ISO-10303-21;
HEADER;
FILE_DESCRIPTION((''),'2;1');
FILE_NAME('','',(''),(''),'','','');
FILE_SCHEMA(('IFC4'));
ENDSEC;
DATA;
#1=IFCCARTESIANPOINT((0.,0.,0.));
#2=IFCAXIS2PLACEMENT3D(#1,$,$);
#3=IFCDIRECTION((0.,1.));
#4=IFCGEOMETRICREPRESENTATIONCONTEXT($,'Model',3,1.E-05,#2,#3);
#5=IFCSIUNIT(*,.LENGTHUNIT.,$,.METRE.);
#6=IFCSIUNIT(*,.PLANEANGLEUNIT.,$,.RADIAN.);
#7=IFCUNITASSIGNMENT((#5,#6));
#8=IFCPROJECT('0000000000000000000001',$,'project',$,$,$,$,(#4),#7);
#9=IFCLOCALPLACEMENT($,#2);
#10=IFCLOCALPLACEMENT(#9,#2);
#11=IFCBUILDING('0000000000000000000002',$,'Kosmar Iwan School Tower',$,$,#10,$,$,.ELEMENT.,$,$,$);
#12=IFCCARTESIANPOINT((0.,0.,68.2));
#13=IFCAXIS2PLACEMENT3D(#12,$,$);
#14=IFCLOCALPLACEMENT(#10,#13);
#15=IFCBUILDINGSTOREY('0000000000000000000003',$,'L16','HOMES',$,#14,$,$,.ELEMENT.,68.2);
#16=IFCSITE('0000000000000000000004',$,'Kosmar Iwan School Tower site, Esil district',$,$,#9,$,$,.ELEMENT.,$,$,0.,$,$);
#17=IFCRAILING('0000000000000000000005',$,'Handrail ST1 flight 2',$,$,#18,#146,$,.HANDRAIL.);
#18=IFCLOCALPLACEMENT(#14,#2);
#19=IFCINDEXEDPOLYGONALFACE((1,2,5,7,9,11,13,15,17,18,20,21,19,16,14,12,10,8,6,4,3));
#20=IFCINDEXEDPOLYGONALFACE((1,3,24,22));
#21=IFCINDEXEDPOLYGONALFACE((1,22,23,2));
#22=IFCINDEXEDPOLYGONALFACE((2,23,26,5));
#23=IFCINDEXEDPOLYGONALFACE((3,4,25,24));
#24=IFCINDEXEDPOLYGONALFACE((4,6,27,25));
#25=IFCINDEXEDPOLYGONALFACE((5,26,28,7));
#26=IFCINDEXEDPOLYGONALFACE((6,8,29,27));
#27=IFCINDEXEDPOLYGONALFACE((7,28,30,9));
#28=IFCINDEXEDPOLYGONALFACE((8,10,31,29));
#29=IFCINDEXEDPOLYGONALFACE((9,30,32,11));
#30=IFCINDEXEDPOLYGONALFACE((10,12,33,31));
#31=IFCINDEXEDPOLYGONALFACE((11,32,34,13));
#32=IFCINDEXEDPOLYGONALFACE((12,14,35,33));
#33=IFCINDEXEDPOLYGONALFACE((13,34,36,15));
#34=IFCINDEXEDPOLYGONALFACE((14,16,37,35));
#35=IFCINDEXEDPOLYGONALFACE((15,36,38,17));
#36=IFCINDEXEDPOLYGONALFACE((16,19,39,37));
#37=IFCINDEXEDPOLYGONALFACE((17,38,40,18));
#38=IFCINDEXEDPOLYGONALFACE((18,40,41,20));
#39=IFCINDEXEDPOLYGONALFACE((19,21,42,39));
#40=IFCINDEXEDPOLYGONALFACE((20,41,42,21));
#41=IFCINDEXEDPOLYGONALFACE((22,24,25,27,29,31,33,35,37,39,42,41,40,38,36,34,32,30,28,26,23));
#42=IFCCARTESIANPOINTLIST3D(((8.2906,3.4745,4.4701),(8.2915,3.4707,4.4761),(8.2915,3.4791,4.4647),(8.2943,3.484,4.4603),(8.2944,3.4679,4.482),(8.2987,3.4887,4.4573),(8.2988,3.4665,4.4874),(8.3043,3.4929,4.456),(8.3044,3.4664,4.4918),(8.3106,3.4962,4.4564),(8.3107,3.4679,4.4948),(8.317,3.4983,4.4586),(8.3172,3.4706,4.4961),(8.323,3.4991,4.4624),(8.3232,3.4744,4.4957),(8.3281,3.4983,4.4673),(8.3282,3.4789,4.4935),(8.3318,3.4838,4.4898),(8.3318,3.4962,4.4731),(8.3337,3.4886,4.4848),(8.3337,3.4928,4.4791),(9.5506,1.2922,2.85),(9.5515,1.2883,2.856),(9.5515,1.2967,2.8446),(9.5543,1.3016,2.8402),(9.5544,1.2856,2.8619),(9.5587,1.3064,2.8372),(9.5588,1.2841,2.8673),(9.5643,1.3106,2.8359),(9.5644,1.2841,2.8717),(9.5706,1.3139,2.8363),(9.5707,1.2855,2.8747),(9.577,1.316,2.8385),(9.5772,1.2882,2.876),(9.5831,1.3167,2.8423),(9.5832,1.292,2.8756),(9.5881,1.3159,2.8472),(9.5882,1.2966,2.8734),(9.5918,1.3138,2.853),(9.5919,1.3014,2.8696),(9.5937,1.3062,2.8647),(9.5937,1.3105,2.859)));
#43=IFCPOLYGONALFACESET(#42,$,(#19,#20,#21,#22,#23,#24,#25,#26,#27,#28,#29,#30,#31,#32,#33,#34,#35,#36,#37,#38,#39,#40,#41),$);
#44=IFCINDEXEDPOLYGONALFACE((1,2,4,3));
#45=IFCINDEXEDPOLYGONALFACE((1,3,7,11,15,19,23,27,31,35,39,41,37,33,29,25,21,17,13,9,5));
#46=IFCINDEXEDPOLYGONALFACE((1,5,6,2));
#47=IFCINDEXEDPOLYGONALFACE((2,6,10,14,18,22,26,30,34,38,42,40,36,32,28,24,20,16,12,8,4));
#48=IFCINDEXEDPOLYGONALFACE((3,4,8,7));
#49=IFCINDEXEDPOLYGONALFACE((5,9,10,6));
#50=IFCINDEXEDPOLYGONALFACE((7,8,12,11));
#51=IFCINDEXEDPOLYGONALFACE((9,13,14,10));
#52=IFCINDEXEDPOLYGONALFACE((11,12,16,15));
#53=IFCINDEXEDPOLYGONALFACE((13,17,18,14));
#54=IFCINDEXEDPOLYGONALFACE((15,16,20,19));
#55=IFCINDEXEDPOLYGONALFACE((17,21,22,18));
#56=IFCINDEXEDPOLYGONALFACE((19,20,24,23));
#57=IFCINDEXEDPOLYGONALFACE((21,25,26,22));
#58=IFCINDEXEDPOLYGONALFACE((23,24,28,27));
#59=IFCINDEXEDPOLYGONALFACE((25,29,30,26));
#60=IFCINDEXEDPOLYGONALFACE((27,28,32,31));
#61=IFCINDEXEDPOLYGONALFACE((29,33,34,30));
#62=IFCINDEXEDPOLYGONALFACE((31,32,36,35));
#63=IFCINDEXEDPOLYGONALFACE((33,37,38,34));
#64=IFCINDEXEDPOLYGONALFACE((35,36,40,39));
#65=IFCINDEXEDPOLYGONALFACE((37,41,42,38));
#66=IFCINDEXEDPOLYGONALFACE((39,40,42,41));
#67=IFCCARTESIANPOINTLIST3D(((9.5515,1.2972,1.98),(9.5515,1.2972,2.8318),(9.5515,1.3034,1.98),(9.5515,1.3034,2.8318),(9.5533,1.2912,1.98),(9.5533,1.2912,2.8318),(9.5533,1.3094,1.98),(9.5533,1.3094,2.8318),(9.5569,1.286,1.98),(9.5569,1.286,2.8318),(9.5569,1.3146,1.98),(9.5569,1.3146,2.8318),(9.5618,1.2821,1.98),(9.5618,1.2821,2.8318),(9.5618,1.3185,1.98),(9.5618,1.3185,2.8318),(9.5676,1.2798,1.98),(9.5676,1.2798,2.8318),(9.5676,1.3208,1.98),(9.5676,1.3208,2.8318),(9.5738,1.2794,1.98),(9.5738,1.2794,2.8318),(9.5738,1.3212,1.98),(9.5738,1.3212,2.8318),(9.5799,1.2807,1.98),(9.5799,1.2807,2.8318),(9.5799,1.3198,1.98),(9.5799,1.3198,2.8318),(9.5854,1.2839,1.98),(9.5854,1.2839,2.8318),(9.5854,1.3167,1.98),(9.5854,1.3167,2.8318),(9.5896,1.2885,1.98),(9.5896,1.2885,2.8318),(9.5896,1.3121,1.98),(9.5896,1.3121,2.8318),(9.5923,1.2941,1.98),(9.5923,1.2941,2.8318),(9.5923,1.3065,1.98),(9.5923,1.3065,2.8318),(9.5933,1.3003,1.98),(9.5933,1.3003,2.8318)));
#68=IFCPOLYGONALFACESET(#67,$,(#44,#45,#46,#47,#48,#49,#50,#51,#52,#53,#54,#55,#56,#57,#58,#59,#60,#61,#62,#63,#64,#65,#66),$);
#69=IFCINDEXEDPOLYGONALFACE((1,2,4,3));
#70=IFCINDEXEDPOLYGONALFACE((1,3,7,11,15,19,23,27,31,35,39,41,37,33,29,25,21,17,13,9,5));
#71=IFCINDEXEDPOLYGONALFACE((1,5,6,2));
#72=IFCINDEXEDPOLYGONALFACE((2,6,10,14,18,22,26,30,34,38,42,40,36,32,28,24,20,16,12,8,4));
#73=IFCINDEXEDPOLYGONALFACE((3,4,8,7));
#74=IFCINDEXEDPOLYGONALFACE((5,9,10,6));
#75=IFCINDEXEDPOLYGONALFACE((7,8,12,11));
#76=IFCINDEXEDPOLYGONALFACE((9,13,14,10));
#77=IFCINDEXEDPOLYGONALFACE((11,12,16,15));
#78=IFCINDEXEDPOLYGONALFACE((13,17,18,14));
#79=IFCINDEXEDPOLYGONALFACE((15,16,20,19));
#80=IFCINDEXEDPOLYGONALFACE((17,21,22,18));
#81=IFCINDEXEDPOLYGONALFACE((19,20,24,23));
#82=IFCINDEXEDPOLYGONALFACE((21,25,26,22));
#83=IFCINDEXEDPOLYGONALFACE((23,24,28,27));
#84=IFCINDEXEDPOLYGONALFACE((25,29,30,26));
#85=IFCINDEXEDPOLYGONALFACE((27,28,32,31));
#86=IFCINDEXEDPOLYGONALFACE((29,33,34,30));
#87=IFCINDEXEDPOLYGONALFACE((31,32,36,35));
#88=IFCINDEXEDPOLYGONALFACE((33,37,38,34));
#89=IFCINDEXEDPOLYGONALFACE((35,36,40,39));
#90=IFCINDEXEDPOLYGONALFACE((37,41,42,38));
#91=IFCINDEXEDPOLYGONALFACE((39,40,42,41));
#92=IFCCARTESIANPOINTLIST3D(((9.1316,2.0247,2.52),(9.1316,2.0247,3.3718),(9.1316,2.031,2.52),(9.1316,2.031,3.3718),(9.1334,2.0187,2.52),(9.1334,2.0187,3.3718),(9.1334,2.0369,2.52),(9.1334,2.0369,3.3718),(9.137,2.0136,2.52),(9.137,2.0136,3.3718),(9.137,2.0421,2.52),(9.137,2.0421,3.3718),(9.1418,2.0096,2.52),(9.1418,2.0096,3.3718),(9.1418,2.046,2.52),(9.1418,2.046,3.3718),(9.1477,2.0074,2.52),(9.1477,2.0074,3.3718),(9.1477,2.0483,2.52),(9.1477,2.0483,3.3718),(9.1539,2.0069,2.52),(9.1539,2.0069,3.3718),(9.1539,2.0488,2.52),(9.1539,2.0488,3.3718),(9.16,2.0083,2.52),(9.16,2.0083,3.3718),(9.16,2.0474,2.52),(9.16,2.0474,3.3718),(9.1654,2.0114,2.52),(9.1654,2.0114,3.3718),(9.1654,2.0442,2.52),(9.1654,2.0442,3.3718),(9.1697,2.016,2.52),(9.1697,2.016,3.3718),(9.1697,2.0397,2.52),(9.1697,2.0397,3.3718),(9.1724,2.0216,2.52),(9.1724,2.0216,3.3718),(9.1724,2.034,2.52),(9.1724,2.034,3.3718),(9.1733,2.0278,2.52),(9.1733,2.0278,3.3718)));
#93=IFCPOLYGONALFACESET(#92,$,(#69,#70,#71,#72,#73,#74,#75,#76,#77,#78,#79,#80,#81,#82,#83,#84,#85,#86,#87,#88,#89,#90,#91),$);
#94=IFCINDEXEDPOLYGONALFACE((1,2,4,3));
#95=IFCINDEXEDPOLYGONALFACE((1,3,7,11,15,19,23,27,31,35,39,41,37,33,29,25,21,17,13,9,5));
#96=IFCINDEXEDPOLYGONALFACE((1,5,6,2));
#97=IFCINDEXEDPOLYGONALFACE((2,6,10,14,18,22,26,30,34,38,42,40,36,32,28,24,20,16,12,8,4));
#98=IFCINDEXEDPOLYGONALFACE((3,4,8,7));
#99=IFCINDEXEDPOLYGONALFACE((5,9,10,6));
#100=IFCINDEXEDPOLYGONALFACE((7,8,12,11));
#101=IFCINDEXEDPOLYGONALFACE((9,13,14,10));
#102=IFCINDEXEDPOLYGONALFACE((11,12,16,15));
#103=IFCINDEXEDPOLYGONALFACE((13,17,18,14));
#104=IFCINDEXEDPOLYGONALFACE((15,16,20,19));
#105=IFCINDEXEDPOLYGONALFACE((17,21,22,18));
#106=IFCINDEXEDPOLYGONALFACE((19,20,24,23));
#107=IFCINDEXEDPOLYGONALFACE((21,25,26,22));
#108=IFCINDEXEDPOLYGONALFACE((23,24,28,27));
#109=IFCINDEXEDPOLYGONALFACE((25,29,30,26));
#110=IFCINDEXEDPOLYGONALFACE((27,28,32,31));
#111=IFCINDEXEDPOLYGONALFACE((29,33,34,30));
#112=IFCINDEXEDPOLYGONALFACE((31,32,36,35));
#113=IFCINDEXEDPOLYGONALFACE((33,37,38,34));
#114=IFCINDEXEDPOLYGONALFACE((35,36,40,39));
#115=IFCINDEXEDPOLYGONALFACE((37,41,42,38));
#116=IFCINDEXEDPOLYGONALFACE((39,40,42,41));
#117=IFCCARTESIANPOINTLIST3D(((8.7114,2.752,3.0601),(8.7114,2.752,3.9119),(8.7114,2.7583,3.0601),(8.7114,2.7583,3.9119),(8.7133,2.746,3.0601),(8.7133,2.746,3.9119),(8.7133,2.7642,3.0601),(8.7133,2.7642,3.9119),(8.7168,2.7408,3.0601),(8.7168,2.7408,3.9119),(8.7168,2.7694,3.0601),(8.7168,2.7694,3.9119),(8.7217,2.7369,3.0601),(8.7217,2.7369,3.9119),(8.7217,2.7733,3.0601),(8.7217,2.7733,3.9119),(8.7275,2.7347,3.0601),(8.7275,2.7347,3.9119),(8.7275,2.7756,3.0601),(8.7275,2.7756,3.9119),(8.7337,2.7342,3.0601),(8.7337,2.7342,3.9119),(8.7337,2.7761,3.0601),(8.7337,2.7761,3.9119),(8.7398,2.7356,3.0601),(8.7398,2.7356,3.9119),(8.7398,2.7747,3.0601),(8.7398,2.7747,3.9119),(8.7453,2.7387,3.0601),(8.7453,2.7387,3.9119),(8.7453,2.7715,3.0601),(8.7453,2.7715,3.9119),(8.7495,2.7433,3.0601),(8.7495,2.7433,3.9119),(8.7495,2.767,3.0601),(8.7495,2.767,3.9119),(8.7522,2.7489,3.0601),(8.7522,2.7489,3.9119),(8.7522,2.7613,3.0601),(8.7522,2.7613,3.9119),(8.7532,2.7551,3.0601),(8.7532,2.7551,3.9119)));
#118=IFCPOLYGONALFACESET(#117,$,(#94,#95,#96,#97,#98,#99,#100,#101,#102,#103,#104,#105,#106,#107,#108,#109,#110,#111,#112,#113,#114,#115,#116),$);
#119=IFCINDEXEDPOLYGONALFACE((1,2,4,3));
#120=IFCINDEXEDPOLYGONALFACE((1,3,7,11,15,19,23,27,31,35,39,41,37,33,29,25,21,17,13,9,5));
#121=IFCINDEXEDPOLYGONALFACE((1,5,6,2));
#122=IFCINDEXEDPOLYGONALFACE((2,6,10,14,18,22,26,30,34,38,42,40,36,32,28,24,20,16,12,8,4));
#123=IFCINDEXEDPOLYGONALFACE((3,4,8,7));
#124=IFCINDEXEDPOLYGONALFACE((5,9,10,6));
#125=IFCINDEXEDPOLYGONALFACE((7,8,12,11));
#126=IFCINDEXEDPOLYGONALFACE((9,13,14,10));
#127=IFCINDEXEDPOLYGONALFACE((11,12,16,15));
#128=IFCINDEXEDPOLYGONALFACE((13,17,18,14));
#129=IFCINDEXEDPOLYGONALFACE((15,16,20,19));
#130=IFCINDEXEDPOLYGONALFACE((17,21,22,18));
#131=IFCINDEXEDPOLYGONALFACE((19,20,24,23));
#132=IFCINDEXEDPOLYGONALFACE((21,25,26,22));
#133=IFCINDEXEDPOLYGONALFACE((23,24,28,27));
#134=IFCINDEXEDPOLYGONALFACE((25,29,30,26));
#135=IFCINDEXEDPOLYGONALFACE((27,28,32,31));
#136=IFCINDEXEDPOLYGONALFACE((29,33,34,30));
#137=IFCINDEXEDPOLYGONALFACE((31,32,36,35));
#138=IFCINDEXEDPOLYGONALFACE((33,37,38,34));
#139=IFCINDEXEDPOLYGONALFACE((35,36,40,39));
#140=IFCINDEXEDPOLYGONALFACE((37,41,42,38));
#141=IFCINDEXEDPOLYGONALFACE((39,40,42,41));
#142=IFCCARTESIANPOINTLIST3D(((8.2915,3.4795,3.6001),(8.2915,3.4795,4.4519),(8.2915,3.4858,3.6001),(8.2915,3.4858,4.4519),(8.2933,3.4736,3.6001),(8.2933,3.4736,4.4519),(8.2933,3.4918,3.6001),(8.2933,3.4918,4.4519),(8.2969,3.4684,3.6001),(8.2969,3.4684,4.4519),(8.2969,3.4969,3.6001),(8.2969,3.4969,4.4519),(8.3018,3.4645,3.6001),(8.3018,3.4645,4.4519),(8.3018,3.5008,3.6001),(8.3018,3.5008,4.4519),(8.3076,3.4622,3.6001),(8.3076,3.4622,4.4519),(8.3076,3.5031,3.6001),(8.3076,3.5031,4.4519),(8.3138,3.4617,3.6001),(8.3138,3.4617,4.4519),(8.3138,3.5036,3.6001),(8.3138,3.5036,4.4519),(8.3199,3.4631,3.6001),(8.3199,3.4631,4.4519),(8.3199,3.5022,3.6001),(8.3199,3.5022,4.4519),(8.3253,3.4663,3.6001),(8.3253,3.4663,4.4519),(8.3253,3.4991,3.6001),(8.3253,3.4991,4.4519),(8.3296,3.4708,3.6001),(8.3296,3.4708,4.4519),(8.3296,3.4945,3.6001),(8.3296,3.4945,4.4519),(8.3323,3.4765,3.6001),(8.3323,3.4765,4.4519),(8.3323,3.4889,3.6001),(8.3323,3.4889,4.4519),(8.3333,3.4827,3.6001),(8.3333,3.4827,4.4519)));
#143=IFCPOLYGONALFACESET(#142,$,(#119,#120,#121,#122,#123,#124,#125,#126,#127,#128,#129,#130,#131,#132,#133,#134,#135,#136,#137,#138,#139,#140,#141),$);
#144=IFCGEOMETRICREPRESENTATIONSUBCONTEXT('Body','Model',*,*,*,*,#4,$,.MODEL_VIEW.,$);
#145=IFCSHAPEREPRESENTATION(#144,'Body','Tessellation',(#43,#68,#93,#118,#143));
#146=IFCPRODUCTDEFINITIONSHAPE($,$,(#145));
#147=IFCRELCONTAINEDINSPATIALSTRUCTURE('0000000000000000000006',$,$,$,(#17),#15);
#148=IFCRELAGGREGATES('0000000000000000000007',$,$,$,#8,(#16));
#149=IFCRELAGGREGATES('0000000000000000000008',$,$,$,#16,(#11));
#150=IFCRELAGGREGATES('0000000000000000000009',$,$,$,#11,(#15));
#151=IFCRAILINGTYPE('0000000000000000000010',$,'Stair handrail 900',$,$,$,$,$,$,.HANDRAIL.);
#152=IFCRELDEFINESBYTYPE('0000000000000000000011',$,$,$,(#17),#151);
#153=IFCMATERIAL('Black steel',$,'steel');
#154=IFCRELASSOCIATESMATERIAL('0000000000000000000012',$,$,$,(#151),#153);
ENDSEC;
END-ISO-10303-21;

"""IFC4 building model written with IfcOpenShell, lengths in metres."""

from ifc_helpers import new_model, si_unit, direction, frame, origin, origin_2d, place, context, subcontext, project, spatial, circle, extrude, material, type_object, element, save


model = new_model("IFC4")

# Units and contexts
model_context = context("Model", 3, precision=1e-05, world=origin(), true_north=direction((0.0, 1.0)))
body_context = subcontext(model_context, "Body", "Model", "MODEL_VIEW")
ifc_project = project(units=[si_unit("LENGTHUNIT", "METRE"), si_unit("PLANEANGLEUNIT", "RADIAN")], contexts=[model_context])

# Site, building, storey
site_placement = place(None, origin())
site = spatial("IfcSite", under=ifc_project, at=site_placement, Name="Kosmar Iwan School Tower site, Esil district", CompositionType="ELEMENT", RefElevation=0.0)
building_placement = place(site_placement, origin())
building = spatial("IfcBuilding", under=site, at=building_placement, Name="Kosmar Iwan School Tower", CompositionType="ELEMENT")
storey_placement = place(building_placement, frame((0.0, 0.0, 68.2)))
storey = spatial("IfcBuildingStorey", under=building, at=storey_placement, Name="L16", Description="HOMES", CompositionType="ELEMENT", Elevation=68.2)

# Railing
ifc_material_1 = material(Name="Black steel", Category="steel")
railing_type = type_object("IfcRailingType", Name="Stair handrail 900", PredefinedType="HANDRAIL", material=ifc_material_1)
railing_1_placement = place(storey_placement, frame((9.5723, 1.3003, 1.98)))
element("IfcRailing", 1, at=railing_1_placement, inside=storey, type_object=railing_type, Name="Handrail ST1 flight 2", PredefinedType="HANDRAIL", context=body_context, shape_type="SweptSolid", body=[
    extrude(circle(Radius=0.0239, at=origin_2d()), frame((0.0, 0.0, 0.876), z_axis=(-0.420584, 0.728464, 0.540786), x_axis=(-0.866023, -0.500005, 0.0)), (0.0, 0.0, 1.0), 2.9958),
    extrude(circle(Radius=0.021, at=origin_2d()), origin(), (0.0, 0.0, 1.0), 0.8518),
    extrude(circle(Radius=0.021, at=origin_2d()), frame((-0.4199, 0.7275, 0.54)), (0.0, 0.0, 1.0), 0.8518),
    extrude(circle(Radius=0.021, at=origin_2d()), frame((-0.8401, 1.4548, 1.0801)), (0.0, 0.0, 1.0), 0.8518),
    extrude(circle(Radius=0.021, at=origin_2d()), frame((-1.26, 2.1824, 1.6201)), (0.0, 0.0, 1.0), 0.8518),
])

save(model, "model.ifc")
